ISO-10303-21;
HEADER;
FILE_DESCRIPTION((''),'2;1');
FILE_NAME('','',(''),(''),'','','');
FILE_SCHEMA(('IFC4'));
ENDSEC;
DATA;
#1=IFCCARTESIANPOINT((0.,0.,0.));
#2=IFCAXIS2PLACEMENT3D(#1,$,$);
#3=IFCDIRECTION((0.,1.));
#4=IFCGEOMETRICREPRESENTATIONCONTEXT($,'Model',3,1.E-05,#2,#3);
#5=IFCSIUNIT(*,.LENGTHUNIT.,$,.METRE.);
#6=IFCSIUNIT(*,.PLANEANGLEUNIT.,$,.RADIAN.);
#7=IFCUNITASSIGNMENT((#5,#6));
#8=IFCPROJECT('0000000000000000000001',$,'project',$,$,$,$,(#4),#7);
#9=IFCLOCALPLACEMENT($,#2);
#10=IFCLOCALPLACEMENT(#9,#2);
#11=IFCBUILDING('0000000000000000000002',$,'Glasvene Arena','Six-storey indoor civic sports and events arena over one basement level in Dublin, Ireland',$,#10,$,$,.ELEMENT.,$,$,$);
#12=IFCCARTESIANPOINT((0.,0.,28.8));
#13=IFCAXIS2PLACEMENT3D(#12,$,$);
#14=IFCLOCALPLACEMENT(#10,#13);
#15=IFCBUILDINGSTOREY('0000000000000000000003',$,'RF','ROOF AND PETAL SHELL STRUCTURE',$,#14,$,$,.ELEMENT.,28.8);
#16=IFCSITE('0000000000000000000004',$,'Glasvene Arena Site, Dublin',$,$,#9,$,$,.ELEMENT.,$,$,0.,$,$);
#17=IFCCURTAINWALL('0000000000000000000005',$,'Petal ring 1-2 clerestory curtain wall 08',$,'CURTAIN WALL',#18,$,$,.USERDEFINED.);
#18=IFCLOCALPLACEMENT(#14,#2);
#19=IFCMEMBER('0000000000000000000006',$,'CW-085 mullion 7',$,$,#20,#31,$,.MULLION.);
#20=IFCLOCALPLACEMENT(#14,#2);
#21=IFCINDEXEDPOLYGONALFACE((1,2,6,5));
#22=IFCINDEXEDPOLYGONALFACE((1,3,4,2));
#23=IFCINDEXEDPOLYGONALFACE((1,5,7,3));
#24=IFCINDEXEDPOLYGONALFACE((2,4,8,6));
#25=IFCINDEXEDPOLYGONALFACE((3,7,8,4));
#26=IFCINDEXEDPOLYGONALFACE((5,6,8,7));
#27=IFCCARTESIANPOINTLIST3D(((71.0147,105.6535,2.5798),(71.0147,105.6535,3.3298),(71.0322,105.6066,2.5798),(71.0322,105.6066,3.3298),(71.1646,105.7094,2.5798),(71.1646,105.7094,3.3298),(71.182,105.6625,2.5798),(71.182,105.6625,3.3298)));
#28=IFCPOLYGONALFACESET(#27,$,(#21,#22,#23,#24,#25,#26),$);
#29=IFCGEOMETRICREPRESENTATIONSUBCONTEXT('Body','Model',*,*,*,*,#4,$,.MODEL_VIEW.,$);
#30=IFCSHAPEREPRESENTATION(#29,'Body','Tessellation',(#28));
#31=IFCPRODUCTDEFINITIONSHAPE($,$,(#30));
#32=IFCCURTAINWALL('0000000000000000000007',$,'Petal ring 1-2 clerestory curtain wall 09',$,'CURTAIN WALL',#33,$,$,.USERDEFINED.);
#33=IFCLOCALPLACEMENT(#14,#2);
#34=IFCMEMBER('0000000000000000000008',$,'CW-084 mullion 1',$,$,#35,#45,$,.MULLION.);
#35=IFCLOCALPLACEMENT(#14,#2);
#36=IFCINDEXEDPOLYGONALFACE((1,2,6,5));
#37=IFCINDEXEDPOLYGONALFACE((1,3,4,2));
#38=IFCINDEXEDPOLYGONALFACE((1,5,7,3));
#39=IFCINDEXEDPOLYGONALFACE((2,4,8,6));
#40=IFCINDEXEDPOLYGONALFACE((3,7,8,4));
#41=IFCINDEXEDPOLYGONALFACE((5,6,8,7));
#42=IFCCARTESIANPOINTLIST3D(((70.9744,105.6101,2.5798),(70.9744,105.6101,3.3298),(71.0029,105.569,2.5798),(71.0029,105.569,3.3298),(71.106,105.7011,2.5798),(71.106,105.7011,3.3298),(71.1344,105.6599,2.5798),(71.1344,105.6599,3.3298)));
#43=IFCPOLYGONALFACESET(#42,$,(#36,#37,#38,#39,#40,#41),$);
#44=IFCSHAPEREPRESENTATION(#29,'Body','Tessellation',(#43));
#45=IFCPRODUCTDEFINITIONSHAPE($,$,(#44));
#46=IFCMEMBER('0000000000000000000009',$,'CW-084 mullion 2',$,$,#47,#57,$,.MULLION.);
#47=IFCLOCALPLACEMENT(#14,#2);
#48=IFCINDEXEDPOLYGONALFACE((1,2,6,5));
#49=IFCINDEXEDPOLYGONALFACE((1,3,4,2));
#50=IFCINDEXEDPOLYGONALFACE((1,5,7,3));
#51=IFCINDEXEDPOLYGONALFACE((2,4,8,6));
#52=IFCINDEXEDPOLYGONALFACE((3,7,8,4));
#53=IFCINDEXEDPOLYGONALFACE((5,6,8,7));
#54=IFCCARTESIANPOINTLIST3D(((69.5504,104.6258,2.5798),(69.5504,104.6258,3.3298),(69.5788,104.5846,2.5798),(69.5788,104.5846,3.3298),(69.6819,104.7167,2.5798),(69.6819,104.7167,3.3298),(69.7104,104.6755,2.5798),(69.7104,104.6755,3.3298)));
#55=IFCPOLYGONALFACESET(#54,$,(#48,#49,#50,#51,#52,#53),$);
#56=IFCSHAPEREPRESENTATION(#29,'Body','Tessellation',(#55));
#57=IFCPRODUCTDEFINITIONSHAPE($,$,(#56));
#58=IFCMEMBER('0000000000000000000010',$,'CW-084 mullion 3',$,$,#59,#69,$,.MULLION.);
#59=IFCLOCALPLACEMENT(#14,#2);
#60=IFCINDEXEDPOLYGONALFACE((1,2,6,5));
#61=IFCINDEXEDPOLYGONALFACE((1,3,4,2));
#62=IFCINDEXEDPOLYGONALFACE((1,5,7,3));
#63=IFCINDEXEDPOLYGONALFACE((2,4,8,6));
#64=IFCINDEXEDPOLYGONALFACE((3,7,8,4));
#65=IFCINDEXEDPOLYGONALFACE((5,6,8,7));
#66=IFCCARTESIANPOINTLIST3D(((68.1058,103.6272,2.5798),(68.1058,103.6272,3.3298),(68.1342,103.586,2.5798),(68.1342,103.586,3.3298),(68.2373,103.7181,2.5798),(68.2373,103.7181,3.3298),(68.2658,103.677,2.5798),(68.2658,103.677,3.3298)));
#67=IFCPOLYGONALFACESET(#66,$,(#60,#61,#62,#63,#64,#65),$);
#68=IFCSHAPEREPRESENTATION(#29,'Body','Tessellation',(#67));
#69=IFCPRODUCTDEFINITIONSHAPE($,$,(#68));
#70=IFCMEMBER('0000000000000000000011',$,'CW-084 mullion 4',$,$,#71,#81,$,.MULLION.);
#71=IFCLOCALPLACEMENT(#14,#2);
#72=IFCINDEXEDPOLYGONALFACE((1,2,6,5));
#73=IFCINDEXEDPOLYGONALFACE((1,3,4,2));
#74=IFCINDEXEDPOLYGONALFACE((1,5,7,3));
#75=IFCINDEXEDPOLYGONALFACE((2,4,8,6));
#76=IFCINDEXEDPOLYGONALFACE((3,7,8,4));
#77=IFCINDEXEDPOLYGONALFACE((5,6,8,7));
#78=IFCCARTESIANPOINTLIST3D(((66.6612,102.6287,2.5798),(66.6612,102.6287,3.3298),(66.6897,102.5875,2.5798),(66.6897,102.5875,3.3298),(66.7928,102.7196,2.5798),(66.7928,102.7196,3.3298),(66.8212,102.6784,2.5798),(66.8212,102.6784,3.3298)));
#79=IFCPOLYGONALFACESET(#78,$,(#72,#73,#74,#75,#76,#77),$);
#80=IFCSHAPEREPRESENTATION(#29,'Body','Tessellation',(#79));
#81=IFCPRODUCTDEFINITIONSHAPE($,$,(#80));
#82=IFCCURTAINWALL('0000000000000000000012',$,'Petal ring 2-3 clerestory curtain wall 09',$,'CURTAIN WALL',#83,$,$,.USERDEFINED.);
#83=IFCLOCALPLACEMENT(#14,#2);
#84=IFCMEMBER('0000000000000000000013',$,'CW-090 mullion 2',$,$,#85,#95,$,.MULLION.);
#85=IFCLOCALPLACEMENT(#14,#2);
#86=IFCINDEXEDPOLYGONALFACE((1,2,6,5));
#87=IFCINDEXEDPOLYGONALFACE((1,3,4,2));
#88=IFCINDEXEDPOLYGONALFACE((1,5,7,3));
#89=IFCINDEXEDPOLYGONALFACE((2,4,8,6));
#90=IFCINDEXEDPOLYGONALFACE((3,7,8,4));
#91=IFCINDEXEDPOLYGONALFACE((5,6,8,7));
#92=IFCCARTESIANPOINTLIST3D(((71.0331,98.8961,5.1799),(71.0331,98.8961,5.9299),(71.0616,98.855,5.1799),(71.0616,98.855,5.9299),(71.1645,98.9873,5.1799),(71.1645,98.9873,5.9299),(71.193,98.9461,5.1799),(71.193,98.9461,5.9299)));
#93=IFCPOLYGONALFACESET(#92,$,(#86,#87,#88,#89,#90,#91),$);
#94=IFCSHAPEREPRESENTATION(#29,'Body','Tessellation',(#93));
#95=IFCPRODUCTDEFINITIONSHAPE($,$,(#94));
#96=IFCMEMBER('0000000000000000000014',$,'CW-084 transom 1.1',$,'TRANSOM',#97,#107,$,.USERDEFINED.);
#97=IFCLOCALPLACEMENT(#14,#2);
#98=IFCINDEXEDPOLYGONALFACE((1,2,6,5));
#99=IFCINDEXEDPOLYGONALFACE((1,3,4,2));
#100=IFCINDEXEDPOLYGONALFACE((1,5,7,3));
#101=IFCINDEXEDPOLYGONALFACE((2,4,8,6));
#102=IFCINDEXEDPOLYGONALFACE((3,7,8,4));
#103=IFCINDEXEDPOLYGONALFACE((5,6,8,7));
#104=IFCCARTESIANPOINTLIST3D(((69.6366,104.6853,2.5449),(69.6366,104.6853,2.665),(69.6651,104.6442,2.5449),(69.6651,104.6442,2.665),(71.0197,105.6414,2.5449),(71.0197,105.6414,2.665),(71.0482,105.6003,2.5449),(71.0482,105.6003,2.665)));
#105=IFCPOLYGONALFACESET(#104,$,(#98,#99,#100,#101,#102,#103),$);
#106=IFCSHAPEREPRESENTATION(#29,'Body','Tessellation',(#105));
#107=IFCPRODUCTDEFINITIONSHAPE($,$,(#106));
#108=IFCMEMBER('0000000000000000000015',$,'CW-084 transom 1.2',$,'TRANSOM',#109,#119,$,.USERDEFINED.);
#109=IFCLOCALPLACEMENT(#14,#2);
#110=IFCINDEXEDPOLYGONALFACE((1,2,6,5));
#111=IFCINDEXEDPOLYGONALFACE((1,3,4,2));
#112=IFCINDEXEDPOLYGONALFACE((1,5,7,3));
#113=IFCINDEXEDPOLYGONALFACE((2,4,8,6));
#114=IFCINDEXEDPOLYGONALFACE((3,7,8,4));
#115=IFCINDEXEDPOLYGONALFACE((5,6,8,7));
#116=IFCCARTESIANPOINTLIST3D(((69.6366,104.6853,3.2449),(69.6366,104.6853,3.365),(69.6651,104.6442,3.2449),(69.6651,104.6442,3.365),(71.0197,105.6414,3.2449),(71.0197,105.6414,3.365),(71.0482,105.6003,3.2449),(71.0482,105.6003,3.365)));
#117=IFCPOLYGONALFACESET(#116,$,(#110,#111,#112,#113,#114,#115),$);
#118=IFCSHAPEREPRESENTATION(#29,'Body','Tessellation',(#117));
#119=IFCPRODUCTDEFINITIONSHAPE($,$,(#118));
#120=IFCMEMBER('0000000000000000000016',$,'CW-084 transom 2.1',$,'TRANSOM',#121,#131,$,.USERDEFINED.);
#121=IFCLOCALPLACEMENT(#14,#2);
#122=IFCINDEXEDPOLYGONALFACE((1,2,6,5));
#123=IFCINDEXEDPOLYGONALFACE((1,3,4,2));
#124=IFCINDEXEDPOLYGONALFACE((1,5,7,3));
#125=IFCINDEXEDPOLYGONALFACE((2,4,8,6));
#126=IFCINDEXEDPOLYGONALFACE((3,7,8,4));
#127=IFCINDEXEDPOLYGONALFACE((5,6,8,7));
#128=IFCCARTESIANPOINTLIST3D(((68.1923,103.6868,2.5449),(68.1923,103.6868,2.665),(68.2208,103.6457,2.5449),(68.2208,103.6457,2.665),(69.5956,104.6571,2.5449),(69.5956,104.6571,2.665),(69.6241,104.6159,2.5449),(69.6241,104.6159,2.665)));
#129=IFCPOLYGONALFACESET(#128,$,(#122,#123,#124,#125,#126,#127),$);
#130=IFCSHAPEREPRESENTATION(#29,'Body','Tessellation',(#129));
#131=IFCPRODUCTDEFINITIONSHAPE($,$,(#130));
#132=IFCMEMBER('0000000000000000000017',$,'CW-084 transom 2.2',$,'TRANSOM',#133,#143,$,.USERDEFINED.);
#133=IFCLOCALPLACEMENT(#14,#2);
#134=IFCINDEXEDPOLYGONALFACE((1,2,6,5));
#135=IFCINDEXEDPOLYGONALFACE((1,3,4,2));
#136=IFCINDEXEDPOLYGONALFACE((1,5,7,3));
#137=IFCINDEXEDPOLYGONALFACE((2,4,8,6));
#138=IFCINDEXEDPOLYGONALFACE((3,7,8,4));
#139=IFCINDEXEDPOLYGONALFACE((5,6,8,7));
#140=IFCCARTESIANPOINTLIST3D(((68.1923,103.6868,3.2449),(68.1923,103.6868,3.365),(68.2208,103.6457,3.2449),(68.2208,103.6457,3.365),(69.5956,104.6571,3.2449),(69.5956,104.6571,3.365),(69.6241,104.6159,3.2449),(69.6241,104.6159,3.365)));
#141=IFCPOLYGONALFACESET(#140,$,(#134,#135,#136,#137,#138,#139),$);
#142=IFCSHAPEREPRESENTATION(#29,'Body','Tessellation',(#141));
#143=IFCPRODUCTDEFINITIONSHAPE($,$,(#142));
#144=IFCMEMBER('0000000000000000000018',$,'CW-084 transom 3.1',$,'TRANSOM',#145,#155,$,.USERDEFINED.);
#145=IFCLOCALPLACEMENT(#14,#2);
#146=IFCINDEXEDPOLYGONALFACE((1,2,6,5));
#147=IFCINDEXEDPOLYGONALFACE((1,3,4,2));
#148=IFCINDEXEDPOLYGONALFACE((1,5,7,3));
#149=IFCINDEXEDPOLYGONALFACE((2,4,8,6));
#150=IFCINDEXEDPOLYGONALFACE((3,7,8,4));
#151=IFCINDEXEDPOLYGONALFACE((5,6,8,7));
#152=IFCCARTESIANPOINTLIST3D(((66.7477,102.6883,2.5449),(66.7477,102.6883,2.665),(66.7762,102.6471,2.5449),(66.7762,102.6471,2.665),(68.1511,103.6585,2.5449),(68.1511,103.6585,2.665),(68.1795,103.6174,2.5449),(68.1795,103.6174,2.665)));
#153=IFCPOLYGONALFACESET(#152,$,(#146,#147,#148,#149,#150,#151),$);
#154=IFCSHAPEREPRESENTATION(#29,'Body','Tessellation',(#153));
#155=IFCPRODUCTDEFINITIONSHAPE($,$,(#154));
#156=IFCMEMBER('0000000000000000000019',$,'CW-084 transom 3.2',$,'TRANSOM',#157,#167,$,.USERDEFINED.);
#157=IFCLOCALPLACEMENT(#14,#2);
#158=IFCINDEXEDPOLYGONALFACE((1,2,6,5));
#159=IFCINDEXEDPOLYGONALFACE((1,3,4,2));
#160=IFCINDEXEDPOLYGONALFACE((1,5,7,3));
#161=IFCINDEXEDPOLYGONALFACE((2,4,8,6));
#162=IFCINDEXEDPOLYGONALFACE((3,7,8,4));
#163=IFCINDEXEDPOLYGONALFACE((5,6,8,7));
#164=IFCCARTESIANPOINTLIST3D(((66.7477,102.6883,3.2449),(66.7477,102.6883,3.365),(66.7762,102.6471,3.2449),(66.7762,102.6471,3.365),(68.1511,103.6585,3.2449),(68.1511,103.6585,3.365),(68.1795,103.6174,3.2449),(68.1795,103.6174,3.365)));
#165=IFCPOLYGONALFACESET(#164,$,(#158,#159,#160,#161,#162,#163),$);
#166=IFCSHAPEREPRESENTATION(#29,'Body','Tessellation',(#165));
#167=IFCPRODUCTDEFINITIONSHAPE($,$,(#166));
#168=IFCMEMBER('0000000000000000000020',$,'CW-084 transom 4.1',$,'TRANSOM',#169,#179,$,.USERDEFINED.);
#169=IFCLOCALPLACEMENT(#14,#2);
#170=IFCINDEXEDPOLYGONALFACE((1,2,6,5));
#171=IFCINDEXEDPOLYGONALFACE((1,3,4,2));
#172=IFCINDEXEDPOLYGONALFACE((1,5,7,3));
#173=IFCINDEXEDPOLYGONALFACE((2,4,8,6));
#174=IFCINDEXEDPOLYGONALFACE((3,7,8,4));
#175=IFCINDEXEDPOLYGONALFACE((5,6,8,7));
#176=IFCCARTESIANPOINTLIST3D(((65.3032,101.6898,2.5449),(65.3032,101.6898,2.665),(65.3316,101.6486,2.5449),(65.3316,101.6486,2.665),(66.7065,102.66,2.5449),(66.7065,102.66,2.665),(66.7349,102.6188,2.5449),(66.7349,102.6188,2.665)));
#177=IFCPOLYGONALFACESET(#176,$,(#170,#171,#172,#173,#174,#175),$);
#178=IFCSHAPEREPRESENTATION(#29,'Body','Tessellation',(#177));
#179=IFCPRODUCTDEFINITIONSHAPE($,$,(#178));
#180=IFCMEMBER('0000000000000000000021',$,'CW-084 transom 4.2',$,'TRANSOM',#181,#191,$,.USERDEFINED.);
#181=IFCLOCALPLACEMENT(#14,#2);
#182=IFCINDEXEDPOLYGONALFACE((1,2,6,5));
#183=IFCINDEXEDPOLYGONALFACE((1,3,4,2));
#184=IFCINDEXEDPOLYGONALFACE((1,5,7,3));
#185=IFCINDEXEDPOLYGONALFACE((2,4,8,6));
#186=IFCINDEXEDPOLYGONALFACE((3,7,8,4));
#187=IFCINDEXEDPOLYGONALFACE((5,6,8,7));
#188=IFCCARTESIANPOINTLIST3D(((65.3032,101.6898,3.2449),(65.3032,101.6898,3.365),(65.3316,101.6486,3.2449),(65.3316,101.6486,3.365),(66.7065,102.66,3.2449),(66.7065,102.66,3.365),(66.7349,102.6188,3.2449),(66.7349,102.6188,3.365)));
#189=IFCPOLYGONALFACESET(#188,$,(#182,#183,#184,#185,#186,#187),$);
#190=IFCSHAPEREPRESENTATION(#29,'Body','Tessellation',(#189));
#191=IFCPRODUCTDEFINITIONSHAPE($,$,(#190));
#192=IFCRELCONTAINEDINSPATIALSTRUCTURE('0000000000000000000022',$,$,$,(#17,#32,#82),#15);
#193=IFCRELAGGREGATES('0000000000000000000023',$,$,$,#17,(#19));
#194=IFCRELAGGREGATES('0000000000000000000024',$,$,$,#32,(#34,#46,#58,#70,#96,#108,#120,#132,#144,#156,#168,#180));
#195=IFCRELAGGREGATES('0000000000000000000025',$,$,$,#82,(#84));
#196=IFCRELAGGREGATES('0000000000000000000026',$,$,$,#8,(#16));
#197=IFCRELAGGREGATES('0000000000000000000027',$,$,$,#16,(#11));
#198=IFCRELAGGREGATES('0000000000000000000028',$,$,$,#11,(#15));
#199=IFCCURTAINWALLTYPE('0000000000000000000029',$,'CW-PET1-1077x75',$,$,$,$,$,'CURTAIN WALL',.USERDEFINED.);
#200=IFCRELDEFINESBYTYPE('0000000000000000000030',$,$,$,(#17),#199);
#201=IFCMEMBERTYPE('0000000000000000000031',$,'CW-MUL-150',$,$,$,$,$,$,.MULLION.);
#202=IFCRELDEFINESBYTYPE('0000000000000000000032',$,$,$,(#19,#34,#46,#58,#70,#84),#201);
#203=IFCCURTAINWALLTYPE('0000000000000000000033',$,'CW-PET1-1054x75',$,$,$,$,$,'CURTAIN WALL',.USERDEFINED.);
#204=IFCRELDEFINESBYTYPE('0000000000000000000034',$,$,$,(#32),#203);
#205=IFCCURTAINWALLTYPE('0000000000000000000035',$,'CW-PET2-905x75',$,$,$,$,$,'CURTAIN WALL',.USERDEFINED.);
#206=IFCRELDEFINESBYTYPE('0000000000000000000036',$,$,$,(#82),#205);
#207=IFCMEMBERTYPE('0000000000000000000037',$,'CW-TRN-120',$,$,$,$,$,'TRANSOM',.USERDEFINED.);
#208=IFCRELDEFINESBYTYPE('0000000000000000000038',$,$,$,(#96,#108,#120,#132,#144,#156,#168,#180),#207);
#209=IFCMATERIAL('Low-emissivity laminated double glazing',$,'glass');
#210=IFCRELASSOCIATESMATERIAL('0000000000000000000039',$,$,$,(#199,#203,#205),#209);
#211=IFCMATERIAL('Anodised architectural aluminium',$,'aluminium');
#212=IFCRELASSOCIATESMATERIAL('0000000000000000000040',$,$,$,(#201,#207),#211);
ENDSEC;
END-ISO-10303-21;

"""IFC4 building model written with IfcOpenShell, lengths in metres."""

from ifc_helpers import new_model, si_unit, direction, frame, origin, origin_2d, place, context, subcontext, project, spatial, rectangle, extrude, material, material_profile, profile_set, type_object, element, aggregate, save


model = new_model("IFC4")

# Units and contexts
model_context = context("Model", 3, precision=1e-05, world=origin(), true_north=direction((0.0, 1.0)))
body_context = subcontext(model_context, "Body", "Model", "MODEL_VIEW")
ifc_project = project(units=[si_unit("LENGTHUNIT", "METRE"), si_unit("PLANEANGLEUNIT", "RADIAN")], contexts=[model_context])

# Site, building, storey
site_placement = place(None, origin())
site = spatial("IfcSite", under=ifc_project, at=site_placement, Name="Glasvene Arena Site, Dublin", CompositionType="ELEMENT", RefElevation=0.0)
building_placement = place(site_placement, origin())
building = spatial("IfcBuilding", under=site, at=building_placement, Name="Glasvene Arena", Description="Six-storey indoor civic sports and events arena over one basement level in Dublin, Ireland", CompositionType="ELEMENT")
storey_placement = place(building_placement, frame((0.0, 0.0, 28.8)))
storey = spatial("IfcBuildingStorey", under=building, at=storey_placement, Name="RF", Description="ROOF AND PETAL SHELL STRUCTURE", CompositionType="ELEMENT", Elevation=28.8)

# Curtain wall, member
ifc_material_1 = material(Name="Low-emissivity laminated double glazing", Category="glass")
curtain_wall_type_1 = type_object("IfcCurtainWallType", Name="CW-PET1-1077x75", ElementType="CURTAIN WALL", PredefinedType="USERDEFINED", material=ifc_material_1)
curtain_wall_1_placement = place(storey_placement, frame((81.1685, 109.4153, 0.0)))
curtain_wall_1 = element("IfcCurtainWall", 1, at=curtain_wall_1_placement, inside=storey, type_object=curtain_wall_type_1, Name="Petal ring 1-2 clerestory curtain wall 08", ObjectType="CURTAIN WALL", PredefinedType="USERDEFINED")
ifc_material_2 = material(Name="Anodised architectural aluminium", Category="aluminium")
ifc_material_profile_1 = material_profile(ifc_material_2, rectangle(XDim=0.05, YDim=0.1599, at=origin_2d()), Name="ALU MULLION 50x160")
ifc_profile_set_1 = profile_set([ifc_material_profile_1], Name="Anodised architectural aluminium")
member_type_1 = type_object("IfcMemberType", Name="CW-MUL-150", PredefinedType="MULLION", material=ifc_profile_set_1)
member_1_placement = place(storey_placement, frame((71.0984, 105.658, 2.5798), z_axis=(0.0, 0.0, 1.0), x_axis=(0.349591, -0.936902, 0.0)))
member_1 = element("IfcMember", 2, at=member_1_placement, type_object=member_type_1, Name="CW-085 mullion 7", PredefinedType="MULLION", context=body_context, shape_type="SweptSolid", body=[
    extrude(rectangle(XDim=0.05, YDim=0.1599, at=origin_2d()), origin(), (0.0, 0.0, 1.0), 0.75),
])
aggregate(curtain_wall_1, [member_1])

# Curtain wall, members
curtain_wall_type_2 = type_object("IfcCurtainWallType", Name="CW-PET1-1054x75", ElementType="CURTAIN WALL", PredefinedType="USERDEFINED", material=ifc_material_1)
curtain_wall_2_placement = place(storey_placement, frame((71.075, 105.6492, 0.0)))
curtain_wall_2 = element("IfcCurtainWall", 3, at=curtain_wall_2_placement, inside=storey, type_object=curtain_wall_type_2, Name="Petal ring 1-2 clerestory curtain wall 09", ObjectType="CURTAIN WALL", PredefinedType="USERDEFINED")
member_2_placement = place(storey_placement, frame((71.0544, 105.635, 2.5798), z_axis=(0.0, 0.0, 1.0), x_axis=(0.568619, -0.822601, 0.0)))
member_2 = element("IfcMember", 4, at=member_2_placement, type_object=member_type_1, Name="CW-084 mullion 1", PredefinedType="MULLION", context=body_context, shape_type="SweptSolid", body=[
    extrude(rectangle(XDim=0.05, YDim=0.1599, at=origin_2d()), origin(), (0.0, 0.0, 1.0), 0.75),
])
member_3_placement = place(storey_placement, frame((69.6304, 104.6506, 2.5798), z_axis=(0.0, 0.0, 1.0), x_axis=(0.568619, -0.822601, 0.0)))
member_3 = element("IfcMember", 5, at=member_3_placement, type_object=member_type_1, Name="CW-084 mullion 2", PredefinedType="MULLION", context=body_context, shape_type="SweptSolid", body=[
    extrude(rectangle(XDim=0.05, YDim=0.1599, at=origin_2d()), origin(), (0.0, 0.0, 1.0), 0.75),
])
member_4_placement = place(storey_placement, frame((68.1858, 103.6521, 2.5798), z_axis=(0.0, 0.0, 1.0), x_axis=(0.568619, -0.822601, 0.0)))
member_4 = element("IfcMember", 6, at=member_4_placement, type_object=member_type_1, Name="CW-084 mullion 3", PredefinedType="MULLION", context=body_context, shape_type="SweptSolid", body=[
    extrude(rectangle(XDim=0.05, YDim=0.1599, at=origin_2d()), origin(), (0.0, 0.0, 1.0), 0.75),
])
member_5_placement = place(storey_placement, frame((66.7412, 102.6536, 2.5798), z_axis=(0.0, 0.0, 1.0), x_axis=(0.568619, -0.822601, 0.0)))
member_5 = element("IfcMember", 7, at=member_5_placement, type_object=member_type_1, Name="CW-084 mullion 4", PredefinedType="MULLION", context=body_context, shape_type="SweptSolid", body=[
    extrude(rectangle(XDim=0.05, YDim=0.1599, at=origin_2d()), origin(), (0.0, 0.0, 1.0), 0.75),
])

# Curtain wall, member
curtain_wall_type_3 = type_object("IfcCurtainWallType", Name="CW-PET2-905x75", ElementType="CURTAIN WALL", PredefinedType="USERDEFINED", material=ifc_material_1)
curtain_wall_3_placement = place(storey_placement, frame((72.6001, 99.9524, 0.0)))
curtain_wall_3 = element("IfcCurtainWall", 8, at=curtain_wall_3_placement, inside=storey, type_object=curtain_wall_type_3, Name="Petal ring 2-3 clerestory curtain wall 09", ObjectType="CURTAIN WALL", PredefinedType="USERDEFINED")
member_6_placement = place(storey_placement, frame((71.113, 98.9211, 5.1799), z_axis=(0.0, 0.0, 1.0), x_axis=(0.569921, -0.821699, 0.0)))
member_6 = element("IfcMember", 9, at=member_6_placement, type_object=member_type_1, Name="CW-090 mullion 2", PredefinedType="MULLION", context=body_context, shape_type="SweptSolid", body=[
    extrude(rectangle(XDim=0.05, YDim=0.1599, at=origin_2d()), origin(), (0.0, 0.0, 1.0), 0.75),
])

# Members
ifc_material_profile_2 = material_profile(ifc_material_2, rectangle(XDim=0.05, YDim=0.1201, at=origin_2d()), Name="ALU TRANSOM 50x120")
ifc_profile_set_2 = profile_set([ifc_material_profile_2], Name="Anodised architectural aluminium")
member_type_2 = type_object("IfcMemberType", Name="CW-TRN-120", ElementType="TRANSOM", PredefinedType="USERDEFINED", material=ifc_profile_set_2)
member_7_placement = place(storey_placement, frame((71.0339, 105.6208, 2.605), z_axis=(-0.822594, -0.568628, 0.0), x_axis=(0.568628, -0.822594, 0.0)))
member_7 = element("IfcMember", 10, at=member_7_placement, type_object=member_type_2, Name="CW-084 transom 1.1", ObjectType="TRANSOM", PredefinedType="USERDEFINED", context=body_context, shape_type="SweptSolid", body=[
    extrude(rectangle(XDim=0.05, YDim=0.1201, at=origin_2d()), origin(), (0.0, 0.0, 1.0), 1.6814),
])
member_8_placement = place(storey_placement, frame((71.0339, 105.6208, 3.3049), z_axis=(-0.822594, -0.568628, 0.0), x_axis=(0.568628, -0.822594, 0.0)))
member_8 = element("IfcMember", 11, at=member_8_placement, type_object=member_type_2, Name="CW-084 transom 1.2", ObjectType="TRANSOM", PredefinedType="USERDEFINED", context=body_context, shape_type="SweptSolid", body=[
    extrude(rectangle(XDim=0.05, YDim=0.1201, at=origin_2d()), origin(), (0.0, 0.0, 1.0), 1.6814),
])
member_9_placement = place(storey_placement, frame((69.6099, 104.6365, 2.605), z_axis=(-0.822553, -0.568689, 0.0), x_axis=(0.568689, -0.822553, 0.0)))
member_9 = element("IfcMember", 12, at=member_9_placement, type_object=member_type_2, Name="CW-084 transom 2.1", ObjectType="TRANSOM", PredefinedType="USERDEFINED", context=body_context, shape_type="SweptSolid", body=[
    extrude(rectangle(XDim=0.05, YDim=0.1201, at=origin_2d()), origin(), (0.0, 0.0, 1.0), 1.7061),
])
member_10_placement = place(storey_placement, frame((69.6099, 104.6365, 3.3049), z_axis=(-0.822553, -0.568689, 0.0), x_axis=(0.568689, -0.822553, 0.0)))
member_10 = element("IfcMember", 13, at=member_10_placement, type_object=member_type_2, Name="CW-084 transom 2.2", ObjectType="TRANSOM", PredefinedType="USERDEFINED", context=body_context, shape_type="SweptSolid", body=[
    extrude(rectangle(XDim=0.05, YDim=0.1201, at=origin_2d()), origin(), (0.0, 0.0, 1.0), 1.7061),
])
member_11_placement = place(storey_placement, frame((68.1653, 103.6379, 2.605), z_axis=(-0.822553, -0.568689, 0.0), x_axis=(0.568689, -0.822553, 0.0)))
member_11 = element("IfcMember", 14, at=member_11_placement, type_object=member_type_2, Name="CW-084 transom 3.1", ObjectType="TRANSOM", PredefinedType="USERDEFINED", context=body_context, shape_type="SweptSolid", body=[
    extrude(rectangle(XDim=0.05, YDim=0.1201, at=origin_2d()), origin(), (0.0, 0.0, 1.0), 1.7061),
])
member_12_placement = place(storey_placement, frame((68.1653, 103.6379, 3.3049), z_axis=(-0.822553, -0.568689, 0.0), x_axis=(0.568689, -0.822553, 0.0)))
member_12 = element("IfcMember", 15, at=member_12_placement, type_object=member_type_2, Name="CW-084 transom 3.2", ObjectType="TRANSOM", PredefinedType="USERDEFINED", context=body_context, shape_type="SweptSolid", body=[
    extrude(rectangle(XDim=0.05, YDim=0.1201, at=origin_2d()), origin(), (0.0, 0.0, 1.0), 1.7061),
])
member_13_placement = place(storey_placement, frame((66.7207, 102.6394, 2.605), z_axis=(-0.822553, -0.568689, 0.0), x_axis=(0.568689, -0.822553, 0.0)))
member_13 = element("IfcMember", 16, at=member_13_placement, type_object=member_type_2, Name="CW-084 transom 4.1", ObjectType="TRANSOM", PredefinedType="USERDEFINED", context=body_context, shape_type="SweptSolid", body=[
    extrude(rectangle(XDim=0.05, YDim=0.1201, at=origin_2d()), origin(), (0.0, 0.0, 1.0), 1.7061),
])
member_14_placement = place(storey_placement, frame((66.7207, 102.6394, 3.3049), z_axis=(-0.822553, -0.568689, 0.0), x_axis=(0.568689, -0.822553, 0.0)))
member_14 = element("IfcMember", 17, at=member_14_placement, type_object=member_type_2, Name="CW-084 transom 4.2", ObjectType="TRANSOM", PredefinedType="USERDEFINED", context=body_context, shape_type="SweptSolid", body=[
    extrude(rectangle(XDim=0.05, YDim=0.1201, at=origin_2d()), origin(), (0.0, 0.0, 1.0), 1.7061),
])

aggregate(curtain_wall_2, [member_2, member_3, member_4, member_5, member_7, member_8, member_9, member_10, member_11, member_12, member_13, member_14])
aggregate(curtain_wall_3, [member_6])

save(model, "model.ifc")
